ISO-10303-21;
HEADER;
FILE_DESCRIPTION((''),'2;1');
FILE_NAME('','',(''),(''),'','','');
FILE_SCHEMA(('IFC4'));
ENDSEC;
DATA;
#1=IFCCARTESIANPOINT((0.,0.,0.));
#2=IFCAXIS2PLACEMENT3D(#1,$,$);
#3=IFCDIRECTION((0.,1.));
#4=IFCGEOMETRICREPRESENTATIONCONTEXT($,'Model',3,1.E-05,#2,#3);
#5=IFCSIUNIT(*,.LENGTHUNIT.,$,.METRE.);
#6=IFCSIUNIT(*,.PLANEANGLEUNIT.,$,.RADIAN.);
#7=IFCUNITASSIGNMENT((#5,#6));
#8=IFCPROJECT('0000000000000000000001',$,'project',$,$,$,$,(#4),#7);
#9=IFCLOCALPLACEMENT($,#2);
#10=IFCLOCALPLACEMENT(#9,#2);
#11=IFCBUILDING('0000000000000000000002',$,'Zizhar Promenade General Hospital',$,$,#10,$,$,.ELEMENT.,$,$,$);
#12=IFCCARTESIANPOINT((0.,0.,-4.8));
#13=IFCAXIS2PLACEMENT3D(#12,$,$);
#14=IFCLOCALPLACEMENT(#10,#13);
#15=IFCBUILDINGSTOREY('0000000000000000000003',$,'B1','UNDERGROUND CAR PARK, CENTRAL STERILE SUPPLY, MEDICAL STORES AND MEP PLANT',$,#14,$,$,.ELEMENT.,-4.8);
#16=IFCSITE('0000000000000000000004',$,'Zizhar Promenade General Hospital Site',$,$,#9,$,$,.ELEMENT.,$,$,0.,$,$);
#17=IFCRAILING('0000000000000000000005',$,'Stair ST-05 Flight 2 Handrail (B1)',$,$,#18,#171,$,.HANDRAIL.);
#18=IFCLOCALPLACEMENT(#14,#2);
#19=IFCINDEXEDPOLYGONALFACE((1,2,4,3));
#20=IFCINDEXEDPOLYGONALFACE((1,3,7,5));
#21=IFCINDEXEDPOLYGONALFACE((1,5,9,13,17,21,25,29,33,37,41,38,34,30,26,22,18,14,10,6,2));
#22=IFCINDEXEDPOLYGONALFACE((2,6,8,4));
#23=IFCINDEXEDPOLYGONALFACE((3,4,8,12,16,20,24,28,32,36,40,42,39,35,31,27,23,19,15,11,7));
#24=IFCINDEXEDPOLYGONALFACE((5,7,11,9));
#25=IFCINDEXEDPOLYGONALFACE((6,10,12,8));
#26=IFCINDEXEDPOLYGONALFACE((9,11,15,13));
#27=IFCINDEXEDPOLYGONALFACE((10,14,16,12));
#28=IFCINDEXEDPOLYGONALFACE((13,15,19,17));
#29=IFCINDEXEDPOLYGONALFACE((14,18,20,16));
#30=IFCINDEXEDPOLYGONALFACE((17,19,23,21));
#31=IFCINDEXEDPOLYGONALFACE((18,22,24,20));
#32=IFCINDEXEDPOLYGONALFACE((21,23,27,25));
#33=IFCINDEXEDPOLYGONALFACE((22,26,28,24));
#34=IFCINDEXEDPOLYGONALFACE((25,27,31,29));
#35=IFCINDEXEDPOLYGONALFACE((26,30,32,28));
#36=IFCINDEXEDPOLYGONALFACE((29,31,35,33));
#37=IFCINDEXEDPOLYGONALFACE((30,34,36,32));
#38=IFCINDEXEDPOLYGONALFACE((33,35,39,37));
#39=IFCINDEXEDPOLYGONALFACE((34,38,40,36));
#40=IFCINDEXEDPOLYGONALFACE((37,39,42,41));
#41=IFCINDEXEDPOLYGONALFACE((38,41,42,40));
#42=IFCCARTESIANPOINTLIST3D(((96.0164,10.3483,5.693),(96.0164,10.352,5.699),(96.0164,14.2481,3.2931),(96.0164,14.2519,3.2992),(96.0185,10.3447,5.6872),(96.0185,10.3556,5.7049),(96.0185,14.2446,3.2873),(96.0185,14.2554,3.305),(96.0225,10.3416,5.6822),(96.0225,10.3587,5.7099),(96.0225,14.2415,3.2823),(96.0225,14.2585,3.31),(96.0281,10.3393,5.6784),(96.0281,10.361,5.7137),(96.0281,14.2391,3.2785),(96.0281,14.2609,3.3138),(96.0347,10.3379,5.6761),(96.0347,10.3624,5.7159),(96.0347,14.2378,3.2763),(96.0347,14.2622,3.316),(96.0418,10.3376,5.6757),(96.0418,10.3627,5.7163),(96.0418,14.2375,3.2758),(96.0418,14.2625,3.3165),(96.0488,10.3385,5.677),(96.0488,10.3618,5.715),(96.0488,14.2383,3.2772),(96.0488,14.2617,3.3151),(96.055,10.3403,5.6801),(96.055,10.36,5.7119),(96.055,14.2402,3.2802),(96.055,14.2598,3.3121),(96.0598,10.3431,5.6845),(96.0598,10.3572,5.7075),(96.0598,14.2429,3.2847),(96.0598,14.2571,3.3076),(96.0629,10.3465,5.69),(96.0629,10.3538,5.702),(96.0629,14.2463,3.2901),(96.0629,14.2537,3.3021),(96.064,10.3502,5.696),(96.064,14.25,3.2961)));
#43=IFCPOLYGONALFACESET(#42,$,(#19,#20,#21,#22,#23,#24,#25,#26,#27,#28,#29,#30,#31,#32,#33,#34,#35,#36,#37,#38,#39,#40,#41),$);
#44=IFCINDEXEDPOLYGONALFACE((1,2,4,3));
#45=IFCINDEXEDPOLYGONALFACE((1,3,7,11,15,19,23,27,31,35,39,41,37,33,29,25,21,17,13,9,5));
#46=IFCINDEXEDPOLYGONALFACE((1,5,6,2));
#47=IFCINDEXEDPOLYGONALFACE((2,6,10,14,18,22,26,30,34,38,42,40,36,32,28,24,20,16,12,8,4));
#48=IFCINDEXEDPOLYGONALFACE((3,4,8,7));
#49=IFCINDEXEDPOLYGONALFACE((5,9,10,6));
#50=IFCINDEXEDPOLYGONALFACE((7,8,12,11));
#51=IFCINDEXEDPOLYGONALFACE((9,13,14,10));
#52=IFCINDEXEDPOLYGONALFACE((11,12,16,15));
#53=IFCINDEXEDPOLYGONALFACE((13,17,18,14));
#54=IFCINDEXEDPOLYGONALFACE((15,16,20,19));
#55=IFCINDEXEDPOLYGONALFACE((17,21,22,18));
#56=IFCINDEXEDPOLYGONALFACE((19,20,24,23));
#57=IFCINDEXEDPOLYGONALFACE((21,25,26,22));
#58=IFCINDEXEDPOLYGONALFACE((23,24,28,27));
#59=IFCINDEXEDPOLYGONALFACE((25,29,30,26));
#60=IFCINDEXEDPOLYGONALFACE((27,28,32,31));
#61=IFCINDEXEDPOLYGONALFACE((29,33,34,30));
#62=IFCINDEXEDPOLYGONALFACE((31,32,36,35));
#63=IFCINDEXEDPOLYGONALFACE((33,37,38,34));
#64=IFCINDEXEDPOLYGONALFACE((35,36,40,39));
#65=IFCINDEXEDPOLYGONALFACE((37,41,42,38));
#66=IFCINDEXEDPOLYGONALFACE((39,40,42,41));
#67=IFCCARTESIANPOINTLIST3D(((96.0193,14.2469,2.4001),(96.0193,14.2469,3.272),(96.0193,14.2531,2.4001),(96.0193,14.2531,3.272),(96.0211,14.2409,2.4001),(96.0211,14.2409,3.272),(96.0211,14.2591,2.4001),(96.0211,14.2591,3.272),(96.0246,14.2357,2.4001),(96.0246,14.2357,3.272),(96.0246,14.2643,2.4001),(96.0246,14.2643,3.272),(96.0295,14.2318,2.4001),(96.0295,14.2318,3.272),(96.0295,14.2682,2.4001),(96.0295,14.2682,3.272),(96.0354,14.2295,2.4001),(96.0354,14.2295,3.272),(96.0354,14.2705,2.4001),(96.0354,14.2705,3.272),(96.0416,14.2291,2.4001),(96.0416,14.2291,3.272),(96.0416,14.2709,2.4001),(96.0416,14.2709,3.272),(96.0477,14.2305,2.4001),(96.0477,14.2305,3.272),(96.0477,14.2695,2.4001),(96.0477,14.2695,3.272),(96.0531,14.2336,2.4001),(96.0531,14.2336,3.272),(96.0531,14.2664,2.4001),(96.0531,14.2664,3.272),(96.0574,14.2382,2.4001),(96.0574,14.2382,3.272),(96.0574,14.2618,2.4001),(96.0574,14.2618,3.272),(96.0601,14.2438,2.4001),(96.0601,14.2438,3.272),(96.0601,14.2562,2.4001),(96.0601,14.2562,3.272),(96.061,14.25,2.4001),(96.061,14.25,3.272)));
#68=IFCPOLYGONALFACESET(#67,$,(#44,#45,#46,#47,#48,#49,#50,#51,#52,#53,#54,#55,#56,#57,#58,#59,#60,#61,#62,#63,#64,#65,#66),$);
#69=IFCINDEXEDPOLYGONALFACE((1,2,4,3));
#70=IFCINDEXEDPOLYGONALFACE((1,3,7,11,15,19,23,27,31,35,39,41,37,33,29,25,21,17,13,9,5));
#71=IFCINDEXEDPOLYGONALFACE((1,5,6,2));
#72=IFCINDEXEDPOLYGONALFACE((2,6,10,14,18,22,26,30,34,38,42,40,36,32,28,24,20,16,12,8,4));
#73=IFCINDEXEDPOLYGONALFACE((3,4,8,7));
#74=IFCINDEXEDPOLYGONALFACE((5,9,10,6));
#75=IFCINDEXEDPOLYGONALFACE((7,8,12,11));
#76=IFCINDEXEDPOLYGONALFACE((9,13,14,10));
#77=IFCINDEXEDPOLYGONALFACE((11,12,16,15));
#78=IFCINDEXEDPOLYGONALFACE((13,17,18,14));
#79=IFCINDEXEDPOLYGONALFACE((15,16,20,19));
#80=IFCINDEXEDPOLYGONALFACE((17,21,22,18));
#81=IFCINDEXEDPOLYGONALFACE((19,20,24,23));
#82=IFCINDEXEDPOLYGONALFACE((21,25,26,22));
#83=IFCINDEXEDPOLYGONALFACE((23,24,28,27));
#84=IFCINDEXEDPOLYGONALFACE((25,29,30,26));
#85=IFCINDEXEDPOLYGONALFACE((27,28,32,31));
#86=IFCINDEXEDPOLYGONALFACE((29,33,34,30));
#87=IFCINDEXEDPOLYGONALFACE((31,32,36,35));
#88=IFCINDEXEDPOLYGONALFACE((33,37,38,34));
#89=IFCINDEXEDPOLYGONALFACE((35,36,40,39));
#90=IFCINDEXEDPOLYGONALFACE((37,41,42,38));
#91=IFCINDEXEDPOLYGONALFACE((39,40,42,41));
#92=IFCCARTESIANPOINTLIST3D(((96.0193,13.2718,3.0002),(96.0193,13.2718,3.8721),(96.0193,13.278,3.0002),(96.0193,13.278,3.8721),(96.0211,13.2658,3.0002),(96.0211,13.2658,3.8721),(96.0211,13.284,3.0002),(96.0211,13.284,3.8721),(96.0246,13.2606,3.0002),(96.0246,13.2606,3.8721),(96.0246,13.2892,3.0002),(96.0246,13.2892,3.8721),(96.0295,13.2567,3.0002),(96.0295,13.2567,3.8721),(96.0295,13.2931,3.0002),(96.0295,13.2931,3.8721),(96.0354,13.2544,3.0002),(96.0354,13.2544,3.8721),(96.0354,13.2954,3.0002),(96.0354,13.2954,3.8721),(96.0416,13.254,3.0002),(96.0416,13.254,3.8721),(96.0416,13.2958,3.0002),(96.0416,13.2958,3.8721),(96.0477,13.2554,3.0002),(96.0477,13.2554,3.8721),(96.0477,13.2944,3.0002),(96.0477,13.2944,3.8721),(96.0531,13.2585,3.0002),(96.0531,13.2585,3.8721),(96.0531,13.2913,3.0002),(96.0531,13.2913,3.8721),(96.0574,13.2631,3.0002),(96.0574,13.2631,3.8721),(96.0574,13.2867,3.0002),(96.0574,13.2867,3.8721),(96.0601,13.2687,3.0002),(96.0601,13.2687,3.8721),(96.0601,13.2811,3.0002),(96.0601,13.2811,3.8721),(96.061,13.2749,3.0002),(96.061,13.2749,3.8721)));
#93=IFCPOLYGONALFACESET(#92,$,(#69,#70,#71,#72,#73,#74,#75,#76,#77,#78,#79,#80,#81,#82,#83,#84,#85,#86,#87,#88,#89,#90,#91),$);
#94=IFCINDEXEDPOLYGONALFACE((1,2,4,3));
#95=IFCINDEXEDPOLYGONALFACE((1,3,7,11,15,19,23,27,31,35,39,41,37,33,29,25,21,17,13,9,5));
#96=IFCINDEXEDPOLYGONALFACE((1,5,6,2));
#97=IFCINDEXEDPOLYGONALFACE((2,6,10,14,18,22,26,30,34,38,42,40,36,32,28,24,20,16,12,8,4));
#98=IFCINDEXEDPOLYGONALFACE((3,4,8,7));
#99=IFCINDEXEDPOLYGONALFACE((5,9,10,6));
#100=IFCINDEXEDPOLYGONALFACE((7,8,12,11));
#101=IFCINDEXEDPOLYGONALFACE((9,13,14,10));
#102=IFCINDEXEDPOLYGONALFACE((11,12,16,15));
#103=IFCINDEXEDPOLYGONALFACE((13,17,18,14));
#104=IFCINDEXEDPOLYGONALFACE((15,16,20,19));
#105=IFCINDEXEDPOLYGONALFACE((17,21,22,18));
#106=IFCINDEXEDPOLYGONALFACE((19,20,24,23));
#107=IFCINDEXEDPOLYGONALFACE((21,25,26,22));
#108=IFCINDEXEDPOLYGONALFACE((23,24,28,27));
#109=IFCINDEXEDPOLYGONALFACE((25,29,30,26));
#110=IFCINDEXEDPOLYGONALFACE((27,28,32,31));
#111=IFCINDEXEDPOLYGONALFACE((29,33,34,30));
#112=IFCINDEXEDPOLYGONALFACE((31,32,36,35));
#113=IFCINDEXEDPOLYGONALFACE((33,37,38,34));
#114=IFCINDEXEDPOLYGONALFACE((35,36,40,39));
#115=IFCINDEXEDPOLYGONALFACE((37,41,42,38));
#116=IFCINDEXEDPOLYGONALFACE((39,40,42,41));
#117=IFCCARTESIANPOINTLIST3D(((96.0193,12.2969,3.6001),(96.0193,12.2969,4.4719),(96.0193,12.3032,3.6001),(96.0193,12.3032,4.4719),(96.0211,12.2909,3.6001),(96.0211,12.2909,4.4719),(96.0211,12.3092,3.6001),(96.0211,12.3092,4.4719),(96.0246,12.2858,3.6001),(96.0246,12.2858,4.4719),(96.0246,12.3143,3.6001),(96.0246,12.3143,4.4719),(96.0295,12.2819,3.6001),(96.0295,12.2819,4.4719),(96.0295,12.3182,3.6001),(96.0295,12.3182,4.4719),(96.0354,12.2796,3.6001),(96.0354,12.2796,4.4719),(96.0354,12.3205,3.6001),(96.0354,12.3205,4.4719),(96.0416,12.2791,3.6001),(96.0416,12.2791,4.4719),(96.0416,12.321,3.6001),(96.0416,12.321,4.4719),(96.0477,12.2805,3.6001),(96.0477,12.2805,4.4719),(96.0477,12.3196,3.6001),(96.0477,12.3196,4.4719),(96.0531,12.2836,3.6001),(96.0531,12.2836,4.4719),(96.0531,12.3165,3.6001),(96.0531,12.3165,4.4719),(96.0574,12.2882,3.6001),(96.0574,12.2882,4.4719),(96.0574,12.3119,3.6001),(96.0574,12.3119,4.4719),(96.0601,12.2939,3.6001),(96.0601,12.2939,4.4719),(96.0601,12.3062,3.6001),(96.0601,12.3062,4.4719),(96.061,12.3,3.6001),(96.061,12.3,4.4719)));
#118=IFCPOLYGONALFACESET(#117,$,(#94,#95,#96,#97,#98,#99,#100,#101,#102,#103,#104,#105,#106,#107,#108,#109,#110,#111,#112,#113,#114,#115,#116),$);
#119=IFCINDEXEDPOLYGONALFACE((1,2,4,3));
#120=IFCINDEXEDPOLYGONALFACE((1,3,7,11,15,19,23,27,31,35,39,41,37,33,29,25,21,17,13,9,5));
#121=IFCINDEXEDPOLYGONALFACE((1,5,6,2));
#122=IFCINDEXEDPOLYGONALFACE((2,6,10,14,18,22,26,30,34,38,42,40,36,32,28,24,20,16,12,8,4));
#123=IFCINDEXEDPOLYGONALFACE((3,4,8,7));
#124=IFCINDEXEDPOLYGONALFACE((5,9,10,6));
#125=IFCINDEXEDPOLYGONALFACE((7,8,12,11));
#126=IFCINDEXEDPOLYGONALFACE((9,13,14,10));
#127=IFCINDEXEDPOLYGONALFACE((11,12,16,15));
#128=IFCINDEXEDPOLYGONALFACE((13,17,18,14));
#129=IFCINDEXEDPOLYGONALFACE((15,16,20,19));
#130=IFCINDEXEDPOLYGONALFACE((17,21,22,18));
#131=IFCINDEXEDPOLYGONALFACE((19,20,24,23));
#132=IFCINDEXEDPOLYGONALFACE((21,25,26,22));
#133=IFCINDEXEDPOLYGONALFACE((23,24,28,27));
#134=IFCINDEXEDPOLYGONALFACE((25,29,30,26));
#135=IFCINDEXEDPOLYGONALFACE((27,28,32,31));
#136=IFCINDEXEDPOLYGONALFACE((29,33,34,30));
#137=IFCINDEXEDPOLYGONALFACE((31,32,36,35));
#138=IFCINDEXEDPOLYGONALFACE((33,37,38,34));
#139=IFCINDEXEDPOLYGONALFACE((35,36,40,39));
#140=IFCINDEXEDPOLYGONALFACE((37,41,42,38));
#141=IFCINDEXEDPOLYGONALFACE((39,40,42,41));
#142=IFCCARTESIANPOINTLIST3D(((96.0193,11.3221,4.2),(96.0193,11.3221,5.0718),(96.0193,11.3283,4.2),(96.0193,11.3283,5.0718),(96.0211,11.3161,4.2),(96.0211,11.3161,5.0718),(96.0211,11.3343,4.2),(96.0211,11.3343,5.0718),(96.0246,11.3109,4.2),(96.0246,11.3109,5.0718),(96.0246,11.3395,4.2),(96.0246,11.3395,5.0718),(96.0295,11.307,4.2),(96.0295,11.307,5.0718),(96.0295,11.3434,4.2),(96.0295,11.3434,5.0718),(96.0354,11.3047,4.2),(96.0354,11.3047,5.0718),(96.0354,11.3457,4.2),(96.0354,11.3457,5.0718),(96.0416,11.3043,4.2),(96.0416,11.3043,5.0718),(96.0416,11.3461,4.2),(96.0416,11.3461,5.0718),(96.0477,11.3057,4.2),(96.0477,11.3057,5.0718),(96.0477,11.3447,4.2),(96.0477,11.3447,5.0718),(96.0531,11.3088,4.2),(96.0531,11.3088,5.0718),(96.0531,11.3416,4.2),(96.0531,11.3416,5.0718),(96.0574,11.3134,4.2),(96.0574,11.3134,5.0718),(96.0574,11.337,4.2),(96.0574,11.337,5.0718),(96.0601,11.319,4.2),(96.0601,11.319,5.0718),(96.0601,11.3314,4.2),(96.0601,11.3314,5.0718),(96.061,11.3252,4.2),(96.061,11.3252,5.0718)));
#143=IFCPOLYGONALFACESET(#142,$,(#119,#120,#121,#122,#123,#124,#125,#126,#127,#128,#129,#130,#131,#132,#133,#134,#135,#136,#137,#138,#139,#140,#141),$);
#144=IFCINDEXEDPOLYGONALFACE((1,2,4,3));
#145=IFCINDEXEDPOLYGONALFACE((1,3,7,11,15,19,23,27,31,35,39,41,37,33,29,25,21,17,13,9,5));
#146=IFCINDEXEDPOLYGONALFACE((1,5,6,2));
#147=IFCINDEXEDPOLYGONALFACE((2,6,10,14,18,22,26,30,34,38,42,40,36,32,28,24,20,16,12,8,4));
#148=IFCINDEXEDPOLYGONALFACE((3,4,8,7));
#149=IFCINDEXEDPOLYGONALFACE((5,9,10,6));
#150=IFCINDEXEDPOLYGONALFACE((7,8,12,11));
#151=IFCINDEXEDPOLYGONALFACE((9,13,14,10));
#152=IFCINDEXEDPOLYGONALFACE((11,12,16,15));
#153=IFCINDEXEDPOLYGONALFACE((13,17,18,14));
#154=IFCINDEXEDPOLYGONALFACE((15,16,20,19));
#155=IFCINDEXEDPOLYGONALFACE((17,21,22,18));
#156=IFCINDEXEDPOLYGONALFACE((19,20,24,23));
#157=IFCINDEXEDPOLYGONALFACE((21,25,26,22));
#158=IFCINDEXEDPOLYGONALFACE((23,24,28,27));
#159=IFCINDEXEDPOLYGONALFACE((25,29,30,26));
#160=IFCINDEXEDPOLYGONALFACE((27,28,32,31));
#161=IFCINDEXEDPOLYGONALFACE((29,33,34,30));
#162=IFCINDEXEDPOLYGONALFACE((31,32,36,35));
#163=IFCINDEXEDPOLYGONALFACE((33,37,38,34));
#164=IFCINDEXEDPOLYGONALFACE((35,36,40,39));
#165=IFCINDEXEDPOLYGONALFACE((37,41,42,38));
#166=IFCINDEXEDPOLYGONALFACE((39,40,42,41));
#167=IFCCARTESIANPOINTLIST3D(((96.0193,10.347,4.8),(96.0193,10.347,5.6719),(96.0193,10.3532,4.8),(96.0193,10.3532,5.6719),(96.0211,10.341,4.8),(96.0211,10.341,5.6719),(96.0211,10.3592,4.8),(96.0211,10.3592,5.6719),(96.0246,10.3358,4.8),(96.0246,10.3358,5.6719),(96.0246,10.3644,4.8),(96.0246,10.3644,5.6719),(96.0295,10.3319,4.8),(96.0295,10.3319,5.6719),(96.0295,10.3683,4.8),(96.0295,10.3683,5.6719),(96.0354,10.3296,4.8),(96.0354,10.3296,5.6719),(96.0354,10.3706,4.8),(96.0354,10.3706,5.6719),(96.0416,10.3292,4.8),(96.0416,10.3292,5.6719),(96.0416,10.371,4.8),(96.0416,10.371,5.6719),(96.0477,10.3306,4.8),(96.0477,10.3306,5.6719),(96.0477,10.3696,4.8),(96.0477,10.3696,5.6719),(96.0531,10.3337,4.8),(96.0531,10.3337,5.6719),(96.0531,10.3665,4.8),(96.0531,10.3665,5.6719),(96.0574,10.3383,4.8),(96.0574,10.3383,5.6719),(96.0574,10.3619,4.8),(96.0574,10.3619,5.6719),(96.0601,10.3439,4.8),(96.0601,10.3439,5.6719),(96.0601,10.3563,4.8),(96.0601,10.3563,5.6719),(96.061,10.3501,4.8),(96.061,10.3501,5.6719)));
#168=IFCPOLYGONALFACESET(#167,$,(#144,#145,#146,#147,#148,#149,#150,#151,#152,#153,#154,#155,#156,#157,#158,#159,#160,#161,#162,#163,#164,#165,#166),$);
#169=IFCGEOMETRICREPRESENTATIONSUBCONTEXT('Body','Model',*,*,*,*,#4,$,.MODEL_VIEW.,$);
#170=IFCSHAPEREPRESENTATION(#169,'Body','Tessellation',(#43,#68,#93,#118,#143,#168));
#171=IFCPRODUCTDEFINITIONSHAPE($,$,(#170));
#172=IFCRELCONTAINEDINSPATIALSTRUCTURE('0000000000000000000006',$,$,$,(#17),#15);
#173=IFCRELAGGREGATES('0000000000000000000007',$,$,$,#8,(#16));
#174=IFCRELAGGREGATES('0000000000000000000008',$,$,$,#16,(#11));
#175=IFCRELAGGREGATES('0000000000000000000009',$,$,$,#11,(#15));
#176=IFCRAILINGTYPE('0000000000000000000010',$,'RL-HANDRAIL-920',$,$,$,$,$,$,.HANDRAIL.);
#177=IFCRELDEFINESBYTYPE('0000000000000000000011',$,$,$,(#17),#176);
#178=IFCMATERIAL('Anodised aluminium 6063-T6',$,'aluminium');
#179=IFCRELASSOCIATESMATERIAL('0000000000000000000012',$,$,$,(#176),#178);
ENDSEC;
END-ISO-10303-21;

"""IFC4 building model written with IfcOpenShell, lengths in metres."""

from ifc_helpers import new_model, si_unit, direction, frame, origin, origin_2d, place, context, subcontext, project, spatial, circle, hollow_circle, extrude, material, material_profile, profile_set, type_object, element, save


model = new_model("IFC4")

# Units and contexts
model_context = context("Model", 3, precision=1e-05, world=origin(), true_north=direction((0.0, 1.0)))
body_context = subcontext(model_context, "Body", "Model", "MODEL_VIEW")
ifc_project = project(units=[si_unit("LENGTHUNIT", "METRE"), si_unit("PLANEANGLEUNIT", "RADIAN")], contexts=[model_context])

# Site, building, storey
site_placement = place(None, origin())
site = spatial("IfcSite", under=ifc_project, at=site_placement, Name="Zizhar Promenade General Hospital Site", CompositionType="ELEMENT", RefElevation=0.0)
building_placement = place(site_placement, origin())
building = spatial("IfcBuilding", under=site, at=building_placement, Name="Zizhar Promenade General Hospital", CompositionType="ELEMENT")
storey_placement = place(building_placement, frame((0.0, 0.0, -4.8)))
storey = spatial("IfcBuildingStorey", under=building, at=storey_placement, Name="B1", Description="UNDERGROUND CAR PARK, CENTRAL STERILE SUPPLY, MEDICAL STORES AND MEP PLANT", CompositionType="ELEMENT", Elevation=-4.8)

# Railing
ifc_material_1 = material(Name="Anodised aluminium 6063-T6", Category="aluminium")
ifc_material_profile_1 = material_profile(ifc_material_1, hollow_circle(Radius=0.0698, WallThickness=0.0063, at=origin_2d()))
ifc_profile_set_1 = profile_set([ifc_material_profile_1], Name="Anodised aluminium 6063-T6")
railing_type_1 = type_object("IfcRailingType", Name="RL-HANDRAIL-920", PredefinedType="HANDRAIL", material=ifc_profile_set_1)
railing_1_placement = place(storey_placement, frame((96.04, 14.25, 2.4001)))
element("IfcRailing", 1, at=railing_1_placement, inside=storey, type_object=railing_type_1, Name="Stair ST-05 Flight 2 Handrail (B1)", PredefinedType="HANDRAIL", context=body_context, shape_type="SweptSolid", body=[
    extrude(circle(Radius=0.0239, at=origin_2d()), frame((0.0, 0.0, 0.896), z_axis=(0.0, -0.851662, 0.524091), x_axis=(1.0, 0.0, 0.0)), (0.0, 0.0, 1.0), 4.5791),
    extrude(circle(Radius=0.021, at=origin_2d()), origin(), (0.0, 0.0, 1.0), 0.8718),
    extrude(circle(Radius=0.021, at=origin_2d()), frame((0.0, -0.9751, 0.6001)), (0.0, 0.0, 1.0), 0.8718),
    extrude(circle(Radius=0.021, at=origin_2d()), frame((0.0, -1.95, 1.2)), (0.0, 0.0, 1.0), 0.8718),
    extrude(circle(Radius=0.021, at=origin_2d()), frame((0.0, -2.9248, 1.7998)), (0.0, 0.0, 1.0), 0.8718),
    extrude(circle(Radius=0.021, at=origin_2d()), frame((0.0, -3.8999, 2.3999)), (0.0, 0.0, 1.0), 0.8718),
])

save(model, "model.ifc")
